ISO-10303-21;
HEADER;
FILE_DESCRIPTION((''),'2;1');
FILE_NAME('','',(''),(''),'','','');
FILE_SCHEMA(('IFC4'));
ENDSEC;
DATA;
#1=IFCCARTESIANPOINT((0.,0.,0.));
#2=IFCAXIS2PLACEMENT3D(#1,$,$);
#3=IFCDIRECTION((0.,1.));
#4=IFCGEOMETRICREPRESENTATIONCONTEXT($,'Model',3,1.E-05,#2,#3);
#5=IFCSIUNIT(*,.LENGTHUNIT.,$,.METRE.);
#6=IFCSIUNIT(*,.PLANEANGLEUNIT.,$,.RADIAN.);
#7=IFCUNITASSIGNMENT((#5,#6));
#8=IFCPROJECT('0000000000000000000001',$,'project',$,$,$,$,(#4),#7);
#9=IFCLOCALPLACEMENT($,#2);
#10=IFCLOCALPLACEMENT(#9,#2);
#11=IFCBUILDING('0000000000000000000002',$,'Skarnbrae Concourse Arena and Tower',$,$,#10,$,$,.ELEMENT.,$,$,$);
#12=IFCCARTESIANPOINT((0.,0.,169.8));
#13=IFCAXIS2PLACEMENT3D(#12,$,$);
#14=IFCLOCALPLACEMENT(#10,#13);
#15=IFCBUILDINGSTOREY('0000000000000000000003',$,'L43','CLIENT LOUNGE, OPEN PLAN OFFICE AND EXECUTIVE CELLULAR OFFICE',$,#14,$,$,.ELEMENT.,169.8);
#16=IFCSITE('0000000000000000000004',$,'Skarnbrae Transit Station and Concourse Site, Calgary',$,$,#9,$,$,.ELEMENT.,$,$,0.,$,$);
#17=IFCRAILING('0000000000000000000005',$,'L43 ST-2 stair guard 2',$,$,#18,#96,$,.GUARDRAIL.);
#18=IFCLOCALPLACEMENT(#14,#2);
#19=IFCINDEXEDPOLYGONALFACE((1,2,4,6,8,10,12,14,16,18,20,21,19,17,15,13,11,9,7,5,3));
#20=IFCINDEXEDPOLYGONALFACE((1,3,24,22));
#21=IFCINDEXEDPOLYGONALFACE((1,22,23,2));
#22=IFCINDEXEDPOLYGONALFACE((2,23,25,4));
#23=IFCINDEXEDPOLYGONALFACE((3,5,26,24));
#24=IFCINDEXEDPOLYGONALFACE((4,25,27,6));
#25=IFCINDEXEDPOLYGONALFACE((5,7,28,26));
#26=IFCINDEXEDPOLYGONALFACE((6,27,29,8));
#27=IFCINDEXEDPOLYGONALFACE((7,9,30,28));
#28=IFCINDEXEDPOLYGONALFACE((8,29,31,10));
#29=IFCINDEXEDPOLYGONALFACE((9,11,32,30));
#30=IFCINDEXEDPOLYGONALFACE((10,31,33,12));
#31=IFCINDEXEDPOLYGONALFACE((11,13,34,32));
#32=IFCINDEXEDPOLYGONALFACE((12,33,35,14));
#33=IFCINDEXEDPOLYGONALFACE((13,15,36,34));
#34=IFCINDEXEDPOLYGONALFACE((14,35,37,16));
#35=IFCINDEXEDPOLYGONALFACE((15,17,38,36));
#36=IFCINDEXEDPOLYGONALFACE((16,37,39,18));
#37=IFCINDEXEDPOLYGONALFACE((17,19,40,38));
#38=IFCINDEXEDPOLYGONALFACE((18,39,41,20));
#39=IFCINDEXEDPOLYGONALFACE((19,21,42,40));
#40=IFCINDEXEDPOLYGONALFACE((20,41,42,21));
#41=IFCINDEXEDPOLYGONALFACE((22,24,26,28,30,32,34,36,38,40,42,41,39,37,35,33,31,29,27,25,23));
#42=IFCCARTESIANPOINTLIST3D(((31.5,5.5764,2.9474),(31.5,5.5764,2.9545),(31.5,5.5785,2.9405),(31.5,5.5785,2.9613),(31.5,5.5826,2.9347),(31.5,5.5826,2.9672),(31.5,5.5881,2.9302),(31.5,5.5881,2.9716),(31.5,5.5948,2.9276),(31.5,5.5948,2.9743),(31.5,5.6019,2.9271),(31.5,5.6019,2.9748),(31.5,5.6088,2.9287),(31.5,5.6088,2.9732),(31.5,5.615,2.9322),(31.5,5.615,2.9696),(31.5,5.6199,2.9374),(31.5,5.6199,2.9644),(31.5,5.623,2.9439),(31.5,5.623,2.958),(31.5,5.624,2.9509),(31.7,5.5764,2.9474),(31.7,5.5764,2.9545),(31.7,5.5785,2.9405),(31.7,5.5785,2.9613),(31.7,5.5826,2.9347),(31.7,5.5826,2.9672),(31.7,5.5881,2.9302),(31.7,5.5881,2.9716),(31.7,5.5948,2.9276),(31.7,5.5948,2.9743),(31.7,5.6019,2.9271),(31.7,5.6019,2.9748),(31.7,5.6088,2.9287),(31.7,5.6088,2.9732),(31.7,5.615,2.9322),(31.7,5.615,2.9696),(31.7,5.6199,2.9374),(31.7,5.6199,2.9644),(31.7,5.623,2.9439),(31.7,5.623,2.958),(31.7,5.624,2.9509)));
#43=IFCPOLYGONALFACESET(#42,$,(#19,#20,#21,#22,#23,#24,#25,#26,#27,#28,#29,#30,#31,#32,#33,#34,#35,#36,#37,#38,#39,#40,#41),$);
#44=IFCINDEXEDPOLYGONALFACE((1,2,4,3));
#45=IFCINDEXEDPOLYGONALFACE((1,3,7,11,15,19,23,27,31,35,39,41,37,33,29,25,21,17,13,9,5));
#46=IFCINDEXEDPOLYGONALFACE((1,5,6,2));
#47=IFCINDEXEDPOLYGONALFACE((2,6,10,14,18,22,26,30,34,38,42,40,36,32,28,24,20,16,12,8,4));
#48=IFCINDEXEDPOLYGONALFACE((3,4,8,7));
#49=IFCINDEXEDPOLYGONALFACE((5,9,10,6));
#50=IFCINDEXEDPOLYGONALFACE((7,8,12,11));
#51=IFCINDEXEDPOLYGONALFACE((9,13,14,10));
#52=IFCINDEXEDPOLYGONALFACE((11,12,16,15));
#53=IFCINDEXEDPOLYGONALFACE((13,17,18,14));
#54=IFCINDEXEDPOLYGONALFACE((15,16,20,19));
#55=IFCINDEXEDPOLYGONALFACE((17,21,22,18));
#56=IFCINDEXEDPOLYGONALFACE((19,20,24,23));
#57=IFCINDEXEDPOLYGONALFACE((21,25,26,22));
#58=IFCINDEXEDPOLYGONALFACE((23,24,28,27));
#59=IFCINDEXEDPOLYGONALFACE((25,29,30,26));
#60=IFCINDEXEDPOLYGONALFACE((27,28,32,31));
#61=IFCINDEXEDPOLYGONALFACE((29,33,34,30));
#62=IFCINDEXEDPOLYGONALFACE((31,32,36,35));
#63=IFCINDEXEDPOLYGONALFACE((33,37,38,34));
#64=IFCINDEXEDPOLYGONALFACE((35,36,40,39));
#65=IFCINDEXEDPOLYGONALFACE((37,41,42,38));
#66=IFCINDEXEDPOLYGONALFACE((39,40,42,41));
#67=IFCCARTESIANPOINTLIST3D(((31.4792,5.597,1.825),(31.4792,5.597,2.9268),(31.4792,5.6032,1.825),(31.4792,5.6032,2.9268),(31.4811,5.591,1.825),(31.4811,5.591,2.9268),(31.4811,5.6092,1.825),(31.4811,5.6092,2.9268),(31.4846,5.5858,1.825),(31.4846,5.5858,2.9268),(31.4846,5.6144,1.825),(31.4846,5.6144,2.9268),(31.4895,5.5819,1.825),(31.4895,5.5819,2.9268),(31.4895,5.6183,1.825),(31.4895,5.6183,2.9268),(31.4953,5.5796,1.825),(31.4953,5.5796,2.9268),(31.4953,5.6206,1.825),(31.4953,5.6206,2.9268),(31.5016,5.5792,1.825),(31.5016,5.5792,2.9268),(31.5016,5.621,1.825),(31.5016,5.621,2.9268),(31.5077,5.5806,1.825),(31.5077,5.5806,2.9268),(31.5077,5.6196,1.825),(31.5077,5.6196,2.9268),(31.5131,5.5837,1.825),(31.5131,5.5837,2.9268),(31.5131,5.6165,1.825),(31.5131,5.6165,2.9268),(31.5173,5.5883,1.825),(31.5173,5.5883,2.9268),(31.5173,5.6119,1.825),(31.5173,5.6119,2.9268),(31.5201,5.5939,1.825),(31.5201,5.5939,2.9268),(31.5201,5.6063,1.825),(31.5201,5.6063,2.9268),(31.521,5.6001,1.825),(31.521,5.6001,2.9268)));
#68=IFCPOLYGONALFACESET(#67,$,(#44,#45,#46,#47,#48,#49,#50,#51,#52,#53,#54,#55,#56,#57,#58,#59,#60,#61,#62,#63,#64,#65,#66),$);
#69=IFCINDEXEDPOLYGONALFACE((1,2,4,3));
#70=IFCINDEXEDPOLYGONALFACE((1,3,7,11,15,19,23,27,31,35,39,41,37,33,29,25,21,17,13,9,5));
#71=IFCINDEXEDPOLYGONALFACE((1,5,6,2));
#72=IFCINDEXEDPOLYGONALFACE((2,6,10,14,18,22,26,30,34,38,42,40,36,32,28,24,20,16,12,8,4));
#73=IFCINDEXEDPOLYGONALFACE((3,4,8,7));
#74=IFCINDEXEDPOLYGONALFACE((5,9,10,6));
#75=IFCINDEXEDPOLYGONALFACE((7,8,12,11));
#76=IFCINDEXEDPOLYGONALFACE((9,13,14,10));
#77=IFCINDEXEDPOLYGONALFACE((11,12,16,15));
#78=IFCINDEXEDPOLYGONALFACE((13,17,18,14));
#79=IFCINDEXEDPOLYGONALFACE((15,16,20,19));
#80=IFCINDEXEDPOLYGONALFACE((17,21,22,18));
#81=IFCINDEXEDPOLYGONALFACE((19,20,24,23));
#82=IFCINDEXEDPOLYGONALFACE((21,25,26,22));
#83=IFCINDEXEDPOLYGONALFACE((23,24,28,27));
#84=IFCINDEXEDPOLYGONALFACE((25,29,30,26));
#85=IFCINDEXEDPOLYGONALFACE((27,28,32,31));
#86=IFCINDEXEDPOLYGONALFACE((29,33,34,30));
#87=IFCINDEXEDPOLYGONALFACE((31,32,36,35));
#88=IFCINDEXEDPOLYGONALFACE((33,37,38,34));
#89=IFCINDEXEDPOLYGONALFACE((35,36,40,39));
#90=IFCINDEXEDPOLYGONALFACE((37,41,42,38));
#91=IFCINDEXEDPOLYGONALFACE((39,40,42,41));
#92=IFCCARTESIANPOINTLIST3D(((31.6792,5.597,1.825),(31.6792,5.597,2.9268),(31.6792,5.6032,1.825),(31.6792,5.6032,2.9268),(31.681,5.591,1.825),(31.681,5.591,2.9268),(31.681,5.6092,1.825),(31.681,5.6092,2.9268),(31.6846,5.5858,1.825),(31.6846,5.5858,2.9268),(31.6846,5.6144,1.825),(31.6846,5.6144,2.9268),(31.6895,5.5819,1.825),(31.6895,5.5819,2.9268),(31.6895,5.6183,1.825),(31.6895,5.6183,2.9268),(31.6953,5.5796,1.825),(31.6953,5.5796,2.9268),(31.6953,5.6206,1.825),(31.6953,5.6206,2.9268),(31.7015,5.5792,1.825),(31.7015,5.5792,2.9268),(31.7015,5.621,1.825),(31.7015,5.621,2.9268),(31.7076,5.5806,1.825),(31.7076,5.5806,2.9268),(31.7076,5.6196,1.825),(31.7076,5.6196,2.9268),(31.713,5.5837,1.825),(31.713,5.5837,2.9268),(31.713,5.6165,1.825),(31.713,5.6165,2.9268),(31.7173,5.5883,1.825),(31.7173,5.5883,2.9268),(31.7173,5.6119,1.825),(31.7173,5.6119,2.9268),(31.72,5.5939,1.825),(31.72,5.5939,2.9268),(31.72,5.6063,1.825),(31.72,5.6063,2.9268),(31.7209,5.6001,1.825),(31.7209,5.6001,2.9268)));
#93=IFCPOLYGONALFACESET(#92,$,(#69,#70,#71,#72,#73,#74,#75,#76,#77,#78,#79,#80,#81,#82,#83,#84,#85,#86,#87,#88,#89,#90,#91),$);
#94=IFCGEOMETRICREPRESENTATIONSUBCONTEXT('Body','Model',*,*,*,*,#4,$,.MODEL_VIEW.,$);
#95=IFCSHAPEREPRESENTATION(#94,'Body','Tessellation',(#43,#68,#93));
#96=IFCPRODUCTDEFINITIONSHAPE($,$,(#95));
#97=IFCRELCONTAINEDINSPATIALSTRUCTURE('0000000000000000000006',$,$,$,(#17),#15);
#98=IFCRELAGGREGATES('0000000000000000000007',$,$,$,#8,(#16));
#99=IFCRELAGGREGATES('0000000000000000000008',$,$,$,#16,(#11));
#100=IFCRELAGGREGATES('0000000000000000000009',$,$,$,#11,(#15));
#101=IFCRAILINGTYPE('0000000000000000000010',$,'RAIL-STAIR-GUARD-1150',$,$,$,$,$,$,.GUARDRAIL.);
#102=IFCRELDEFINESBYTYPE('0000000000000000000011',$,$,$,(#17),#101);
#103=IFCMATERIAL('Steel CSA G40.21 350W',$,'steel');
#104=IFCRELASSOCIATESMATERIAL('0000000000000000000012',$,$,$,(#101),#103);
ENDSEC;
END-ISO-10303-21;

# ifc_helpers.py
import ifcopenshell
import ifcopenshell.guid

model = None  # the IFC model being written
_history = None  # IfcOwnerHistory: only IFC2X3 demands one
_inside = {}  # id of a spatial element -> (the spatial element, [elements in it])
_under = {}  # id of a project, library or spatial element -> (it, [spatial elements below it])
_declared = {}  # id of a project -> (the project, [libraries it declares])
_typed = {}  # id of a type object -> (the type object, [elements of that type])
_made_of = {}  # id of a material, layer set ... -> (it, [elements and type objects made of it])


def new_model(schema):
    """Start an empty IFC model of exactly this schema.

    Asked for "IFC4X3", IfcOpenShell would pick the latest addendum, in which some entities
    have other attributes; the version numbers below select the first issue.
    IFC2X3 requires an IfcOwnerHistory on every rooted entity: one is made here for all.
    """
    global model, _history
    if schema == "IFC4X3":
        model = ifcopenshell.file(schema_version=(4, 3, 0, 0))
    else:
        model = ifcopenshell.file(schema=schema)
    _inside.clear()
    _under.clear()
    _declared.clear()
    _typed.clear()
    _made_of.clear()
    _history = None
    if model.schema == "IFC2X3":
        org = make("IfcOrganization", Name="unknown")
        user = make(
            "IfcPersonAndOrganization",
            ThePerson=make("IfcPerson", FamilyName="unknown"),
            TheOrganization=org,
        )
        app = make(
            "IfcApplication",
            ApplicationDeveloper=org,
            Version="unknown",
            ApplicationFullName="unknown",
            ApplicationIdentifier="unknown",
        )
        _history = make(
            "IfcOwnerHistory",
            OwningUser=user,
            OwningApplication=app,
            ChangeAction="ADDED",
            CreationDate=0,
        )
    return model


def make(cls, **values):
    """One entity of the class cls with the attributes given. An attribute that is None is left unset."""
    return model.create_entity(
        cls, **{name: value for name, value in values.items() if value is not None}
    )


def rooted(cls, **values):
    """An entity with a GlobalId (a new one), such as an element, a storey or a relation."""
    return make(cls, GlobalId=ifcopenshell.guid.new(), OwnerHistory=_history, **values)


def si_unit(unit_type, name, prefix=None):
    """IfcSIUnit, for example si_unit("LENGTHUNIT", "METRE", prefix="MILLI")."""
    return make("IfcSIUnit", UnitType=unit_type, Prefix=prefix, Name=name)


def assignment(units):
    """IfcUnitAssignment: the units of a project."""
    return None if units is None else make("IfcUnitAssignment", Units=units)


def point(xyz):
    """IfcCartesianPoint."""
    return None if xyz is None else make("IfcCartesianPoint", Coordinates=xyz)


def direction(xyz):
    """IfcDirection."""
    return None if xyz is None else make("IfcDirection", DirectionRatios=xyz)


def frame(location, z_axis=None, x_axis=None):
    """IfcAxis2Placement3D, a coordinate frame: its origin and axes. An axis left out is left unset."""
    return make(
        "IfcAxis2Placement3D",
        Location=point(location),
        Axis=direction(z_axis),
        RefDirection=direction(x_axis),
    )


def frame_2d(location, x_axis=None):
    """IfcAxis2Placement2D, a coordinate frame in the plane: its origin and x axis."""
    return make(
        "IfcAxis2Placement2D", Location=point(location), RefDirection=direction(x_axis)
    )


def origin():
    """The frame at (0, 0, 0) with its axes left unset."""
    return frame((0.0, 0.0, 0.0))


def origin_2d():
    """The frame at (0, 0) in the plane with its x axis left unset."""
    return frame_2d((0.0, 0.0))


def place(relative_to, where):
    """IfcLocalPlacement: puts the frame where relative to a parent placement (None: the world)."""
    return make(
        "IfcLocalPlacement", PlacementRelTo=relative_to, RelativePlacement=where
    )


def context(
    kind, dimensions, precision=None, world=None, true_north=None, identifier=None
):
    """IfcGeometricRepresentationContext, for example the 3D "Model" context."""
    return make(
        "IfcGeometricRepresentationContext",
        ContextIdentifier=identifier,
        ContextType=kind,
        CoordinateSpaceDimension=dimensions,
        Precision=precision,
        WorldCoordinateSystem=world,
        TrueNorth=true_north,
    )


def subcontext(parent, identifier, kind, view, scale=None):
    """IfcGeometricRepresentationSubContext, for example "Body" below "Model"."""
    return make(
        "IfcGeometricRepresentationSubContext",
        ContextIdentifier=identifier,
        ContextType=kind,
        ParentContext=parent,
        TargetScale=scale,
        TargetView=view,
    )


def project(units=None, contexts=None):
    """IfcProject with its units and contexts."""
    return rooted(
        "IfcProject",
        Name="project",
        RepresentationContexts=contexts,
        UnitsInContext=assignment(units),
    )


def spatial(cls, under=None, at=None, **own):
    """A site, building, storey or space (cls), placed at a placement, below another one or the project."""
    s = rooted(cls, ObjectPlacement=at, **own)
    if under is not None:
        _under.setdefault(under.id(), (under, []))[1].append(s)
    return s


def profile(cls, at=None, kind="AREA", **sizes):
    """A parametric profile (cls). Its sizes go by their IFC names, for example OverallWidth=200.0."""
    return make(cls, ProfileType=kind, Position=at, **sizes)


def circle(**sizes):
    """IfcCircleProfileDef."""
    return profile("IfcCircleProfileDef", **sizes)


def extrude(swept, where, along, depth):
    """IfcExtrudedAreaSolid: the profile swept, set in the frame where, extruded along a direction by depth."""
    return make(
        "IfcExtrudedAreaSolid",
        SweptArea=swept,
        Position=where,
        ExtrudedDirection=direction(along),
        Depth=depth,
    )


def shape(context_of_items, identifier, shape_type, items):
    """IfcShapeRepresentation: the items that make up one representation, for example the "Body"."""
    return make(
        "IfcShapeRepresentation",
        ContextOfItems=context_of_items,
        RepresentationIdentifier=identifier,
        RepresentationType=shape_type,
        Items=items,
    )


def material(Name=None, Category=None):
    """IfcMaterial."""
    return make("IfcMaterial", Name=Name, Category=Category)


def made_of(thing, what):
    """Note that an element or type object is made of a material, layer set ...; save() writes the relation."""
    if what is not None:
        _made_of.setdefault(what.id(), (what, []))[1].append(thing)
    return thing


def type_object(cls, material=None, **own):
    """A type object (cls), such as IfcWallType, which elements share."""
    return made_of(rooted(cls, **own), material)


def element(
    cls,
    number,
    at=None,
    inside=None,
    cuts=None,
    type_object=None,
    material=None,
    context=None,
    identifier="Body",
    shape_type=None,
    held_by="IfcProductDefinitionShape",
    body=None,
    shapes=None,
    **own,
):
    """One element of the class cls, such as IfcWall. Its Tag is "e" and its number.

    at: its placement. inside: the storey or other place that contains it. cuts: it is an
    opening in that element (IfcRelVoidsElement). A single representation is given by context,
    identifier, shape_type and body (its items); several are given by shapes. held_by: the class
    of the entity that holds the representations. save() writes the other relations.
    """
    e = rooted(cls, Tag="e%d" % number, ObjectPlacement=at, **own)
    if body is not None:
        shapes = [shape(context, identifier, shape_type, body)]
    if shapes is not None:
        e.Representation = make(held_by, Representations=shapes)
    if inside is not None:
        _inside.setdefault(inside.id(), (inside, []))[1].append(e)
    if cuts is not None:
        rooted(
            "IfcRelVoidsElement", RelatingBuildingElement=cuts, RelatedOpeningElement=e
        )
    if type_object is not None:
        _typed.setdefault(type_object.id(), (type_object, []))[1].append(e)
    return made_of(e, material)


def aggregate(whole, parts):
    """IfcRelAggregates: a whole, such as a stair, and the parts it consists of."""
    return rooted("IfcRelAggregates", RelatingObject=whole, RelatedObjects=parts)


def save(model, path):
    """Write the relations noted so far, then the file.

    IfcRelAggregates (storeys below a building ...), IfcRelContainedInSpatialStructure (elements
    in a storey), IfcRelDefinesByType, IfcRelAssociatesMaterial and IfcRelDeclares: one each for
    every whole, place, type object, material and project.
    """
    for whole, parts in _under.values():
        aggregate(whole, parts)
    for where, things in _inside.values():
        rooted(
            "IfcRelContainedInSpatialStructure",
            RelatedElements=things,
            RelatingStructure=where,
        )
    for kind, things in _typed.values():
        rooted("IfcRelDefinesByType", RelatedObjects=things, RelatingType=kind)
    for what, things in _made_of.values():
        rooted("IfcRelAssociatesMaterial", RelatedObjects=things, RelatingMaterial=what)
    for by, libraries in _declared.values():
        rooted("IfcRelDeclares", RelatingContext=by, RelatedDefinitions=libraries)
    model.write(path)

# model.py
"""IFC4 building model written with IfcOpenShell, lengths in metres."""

from ifc_helpers import new_model, si_unit, direction, frame, origin, origin_2d, place, context, subcontext, project, spatial, circle, extrude, material, type_object, element, save


model = new_model("IFC4")

# Units and contexts
model_context = context("Model", 3, precision=1e-05, world=origin(), true_north=direction((0.0, 1.0)))
body_context = subcontext(model_context, "Body", "Model", "MODEL_VIEW")
ifc_project = project(units=[si_unit("LENGTHUNIT", "METRE"), si_unit("PLANEANGLEUNIT", "RADIAN")], contexts=[model_context])

# Site, building, storey
site_placement = place(None, origin())
site = spatial("IfcSite", under=ifc_project, at=site_placement, Name="Skarnbrae Transit Station and Concourse Site, Calgary", CompositionType="ELEMENT", RefElevation=0.0)
building_placement = place(site_placement, origin())
building = spatial("IfcBuilding", under=site, at=building_placement, Name="Skarnbrae Concourse Arena and Tower", CompositionType="ELEMENT")
storey_placement = place(building_placement, frame((0.0, 0.0, 169.8)))
storey = spatial("IfcBuildingStorey", under=building, at=storey_placement, Name="L43", Description="CLIENT LOUNGE, OPEN PLAN OFFICE AND EXECUTIVE CELLULAR OFFICE", CompositionType="ELEMENT", Elevation=169.8)

# Shared definitions
ifc_material_1 = material(Name="Steel CSA G40.21 350W", Category="steel")

# Railing
railing_type_1 = type_object("IfcRailingType", Name="RAIL-STAIR-GUARD-1150", PredefinedType="GUARDRAIL", material=ifc_material_1)
railing_1_placement = place(storey_placement, frame((31.5, 5.6001, 1.825)))
element("IfcRailing", 1, at=railing_1_placement, inside=storey, type_object=railing_type_1, Name="L43 ST-2 stair guard 2", PredefinedType="GUARDRAIL", context=body_context, shape_type="SweptSolid", body=[
    extrude(circle(Radius=0.0239, at=origin_2d()), frame((0.0, 0.0, 1.126), z_axis=(1.0, 0.0, 0.0), x_axis=(0.0, 1.0, 0.0)), (0.0, 0.0, 1.0), 0.2),
    extrude(circle(Radius=0.021, at=origin_2d()), origin(), (0.0, 0.0, 1.0), 1.1018),
    extrude(circle(Radius=0.021, at=origin_2d()), frame((0.2, 0.0, 0.0)), (0.0, 0.0, 1.0), 1.1018),
])

save(model, "model.ifc")
